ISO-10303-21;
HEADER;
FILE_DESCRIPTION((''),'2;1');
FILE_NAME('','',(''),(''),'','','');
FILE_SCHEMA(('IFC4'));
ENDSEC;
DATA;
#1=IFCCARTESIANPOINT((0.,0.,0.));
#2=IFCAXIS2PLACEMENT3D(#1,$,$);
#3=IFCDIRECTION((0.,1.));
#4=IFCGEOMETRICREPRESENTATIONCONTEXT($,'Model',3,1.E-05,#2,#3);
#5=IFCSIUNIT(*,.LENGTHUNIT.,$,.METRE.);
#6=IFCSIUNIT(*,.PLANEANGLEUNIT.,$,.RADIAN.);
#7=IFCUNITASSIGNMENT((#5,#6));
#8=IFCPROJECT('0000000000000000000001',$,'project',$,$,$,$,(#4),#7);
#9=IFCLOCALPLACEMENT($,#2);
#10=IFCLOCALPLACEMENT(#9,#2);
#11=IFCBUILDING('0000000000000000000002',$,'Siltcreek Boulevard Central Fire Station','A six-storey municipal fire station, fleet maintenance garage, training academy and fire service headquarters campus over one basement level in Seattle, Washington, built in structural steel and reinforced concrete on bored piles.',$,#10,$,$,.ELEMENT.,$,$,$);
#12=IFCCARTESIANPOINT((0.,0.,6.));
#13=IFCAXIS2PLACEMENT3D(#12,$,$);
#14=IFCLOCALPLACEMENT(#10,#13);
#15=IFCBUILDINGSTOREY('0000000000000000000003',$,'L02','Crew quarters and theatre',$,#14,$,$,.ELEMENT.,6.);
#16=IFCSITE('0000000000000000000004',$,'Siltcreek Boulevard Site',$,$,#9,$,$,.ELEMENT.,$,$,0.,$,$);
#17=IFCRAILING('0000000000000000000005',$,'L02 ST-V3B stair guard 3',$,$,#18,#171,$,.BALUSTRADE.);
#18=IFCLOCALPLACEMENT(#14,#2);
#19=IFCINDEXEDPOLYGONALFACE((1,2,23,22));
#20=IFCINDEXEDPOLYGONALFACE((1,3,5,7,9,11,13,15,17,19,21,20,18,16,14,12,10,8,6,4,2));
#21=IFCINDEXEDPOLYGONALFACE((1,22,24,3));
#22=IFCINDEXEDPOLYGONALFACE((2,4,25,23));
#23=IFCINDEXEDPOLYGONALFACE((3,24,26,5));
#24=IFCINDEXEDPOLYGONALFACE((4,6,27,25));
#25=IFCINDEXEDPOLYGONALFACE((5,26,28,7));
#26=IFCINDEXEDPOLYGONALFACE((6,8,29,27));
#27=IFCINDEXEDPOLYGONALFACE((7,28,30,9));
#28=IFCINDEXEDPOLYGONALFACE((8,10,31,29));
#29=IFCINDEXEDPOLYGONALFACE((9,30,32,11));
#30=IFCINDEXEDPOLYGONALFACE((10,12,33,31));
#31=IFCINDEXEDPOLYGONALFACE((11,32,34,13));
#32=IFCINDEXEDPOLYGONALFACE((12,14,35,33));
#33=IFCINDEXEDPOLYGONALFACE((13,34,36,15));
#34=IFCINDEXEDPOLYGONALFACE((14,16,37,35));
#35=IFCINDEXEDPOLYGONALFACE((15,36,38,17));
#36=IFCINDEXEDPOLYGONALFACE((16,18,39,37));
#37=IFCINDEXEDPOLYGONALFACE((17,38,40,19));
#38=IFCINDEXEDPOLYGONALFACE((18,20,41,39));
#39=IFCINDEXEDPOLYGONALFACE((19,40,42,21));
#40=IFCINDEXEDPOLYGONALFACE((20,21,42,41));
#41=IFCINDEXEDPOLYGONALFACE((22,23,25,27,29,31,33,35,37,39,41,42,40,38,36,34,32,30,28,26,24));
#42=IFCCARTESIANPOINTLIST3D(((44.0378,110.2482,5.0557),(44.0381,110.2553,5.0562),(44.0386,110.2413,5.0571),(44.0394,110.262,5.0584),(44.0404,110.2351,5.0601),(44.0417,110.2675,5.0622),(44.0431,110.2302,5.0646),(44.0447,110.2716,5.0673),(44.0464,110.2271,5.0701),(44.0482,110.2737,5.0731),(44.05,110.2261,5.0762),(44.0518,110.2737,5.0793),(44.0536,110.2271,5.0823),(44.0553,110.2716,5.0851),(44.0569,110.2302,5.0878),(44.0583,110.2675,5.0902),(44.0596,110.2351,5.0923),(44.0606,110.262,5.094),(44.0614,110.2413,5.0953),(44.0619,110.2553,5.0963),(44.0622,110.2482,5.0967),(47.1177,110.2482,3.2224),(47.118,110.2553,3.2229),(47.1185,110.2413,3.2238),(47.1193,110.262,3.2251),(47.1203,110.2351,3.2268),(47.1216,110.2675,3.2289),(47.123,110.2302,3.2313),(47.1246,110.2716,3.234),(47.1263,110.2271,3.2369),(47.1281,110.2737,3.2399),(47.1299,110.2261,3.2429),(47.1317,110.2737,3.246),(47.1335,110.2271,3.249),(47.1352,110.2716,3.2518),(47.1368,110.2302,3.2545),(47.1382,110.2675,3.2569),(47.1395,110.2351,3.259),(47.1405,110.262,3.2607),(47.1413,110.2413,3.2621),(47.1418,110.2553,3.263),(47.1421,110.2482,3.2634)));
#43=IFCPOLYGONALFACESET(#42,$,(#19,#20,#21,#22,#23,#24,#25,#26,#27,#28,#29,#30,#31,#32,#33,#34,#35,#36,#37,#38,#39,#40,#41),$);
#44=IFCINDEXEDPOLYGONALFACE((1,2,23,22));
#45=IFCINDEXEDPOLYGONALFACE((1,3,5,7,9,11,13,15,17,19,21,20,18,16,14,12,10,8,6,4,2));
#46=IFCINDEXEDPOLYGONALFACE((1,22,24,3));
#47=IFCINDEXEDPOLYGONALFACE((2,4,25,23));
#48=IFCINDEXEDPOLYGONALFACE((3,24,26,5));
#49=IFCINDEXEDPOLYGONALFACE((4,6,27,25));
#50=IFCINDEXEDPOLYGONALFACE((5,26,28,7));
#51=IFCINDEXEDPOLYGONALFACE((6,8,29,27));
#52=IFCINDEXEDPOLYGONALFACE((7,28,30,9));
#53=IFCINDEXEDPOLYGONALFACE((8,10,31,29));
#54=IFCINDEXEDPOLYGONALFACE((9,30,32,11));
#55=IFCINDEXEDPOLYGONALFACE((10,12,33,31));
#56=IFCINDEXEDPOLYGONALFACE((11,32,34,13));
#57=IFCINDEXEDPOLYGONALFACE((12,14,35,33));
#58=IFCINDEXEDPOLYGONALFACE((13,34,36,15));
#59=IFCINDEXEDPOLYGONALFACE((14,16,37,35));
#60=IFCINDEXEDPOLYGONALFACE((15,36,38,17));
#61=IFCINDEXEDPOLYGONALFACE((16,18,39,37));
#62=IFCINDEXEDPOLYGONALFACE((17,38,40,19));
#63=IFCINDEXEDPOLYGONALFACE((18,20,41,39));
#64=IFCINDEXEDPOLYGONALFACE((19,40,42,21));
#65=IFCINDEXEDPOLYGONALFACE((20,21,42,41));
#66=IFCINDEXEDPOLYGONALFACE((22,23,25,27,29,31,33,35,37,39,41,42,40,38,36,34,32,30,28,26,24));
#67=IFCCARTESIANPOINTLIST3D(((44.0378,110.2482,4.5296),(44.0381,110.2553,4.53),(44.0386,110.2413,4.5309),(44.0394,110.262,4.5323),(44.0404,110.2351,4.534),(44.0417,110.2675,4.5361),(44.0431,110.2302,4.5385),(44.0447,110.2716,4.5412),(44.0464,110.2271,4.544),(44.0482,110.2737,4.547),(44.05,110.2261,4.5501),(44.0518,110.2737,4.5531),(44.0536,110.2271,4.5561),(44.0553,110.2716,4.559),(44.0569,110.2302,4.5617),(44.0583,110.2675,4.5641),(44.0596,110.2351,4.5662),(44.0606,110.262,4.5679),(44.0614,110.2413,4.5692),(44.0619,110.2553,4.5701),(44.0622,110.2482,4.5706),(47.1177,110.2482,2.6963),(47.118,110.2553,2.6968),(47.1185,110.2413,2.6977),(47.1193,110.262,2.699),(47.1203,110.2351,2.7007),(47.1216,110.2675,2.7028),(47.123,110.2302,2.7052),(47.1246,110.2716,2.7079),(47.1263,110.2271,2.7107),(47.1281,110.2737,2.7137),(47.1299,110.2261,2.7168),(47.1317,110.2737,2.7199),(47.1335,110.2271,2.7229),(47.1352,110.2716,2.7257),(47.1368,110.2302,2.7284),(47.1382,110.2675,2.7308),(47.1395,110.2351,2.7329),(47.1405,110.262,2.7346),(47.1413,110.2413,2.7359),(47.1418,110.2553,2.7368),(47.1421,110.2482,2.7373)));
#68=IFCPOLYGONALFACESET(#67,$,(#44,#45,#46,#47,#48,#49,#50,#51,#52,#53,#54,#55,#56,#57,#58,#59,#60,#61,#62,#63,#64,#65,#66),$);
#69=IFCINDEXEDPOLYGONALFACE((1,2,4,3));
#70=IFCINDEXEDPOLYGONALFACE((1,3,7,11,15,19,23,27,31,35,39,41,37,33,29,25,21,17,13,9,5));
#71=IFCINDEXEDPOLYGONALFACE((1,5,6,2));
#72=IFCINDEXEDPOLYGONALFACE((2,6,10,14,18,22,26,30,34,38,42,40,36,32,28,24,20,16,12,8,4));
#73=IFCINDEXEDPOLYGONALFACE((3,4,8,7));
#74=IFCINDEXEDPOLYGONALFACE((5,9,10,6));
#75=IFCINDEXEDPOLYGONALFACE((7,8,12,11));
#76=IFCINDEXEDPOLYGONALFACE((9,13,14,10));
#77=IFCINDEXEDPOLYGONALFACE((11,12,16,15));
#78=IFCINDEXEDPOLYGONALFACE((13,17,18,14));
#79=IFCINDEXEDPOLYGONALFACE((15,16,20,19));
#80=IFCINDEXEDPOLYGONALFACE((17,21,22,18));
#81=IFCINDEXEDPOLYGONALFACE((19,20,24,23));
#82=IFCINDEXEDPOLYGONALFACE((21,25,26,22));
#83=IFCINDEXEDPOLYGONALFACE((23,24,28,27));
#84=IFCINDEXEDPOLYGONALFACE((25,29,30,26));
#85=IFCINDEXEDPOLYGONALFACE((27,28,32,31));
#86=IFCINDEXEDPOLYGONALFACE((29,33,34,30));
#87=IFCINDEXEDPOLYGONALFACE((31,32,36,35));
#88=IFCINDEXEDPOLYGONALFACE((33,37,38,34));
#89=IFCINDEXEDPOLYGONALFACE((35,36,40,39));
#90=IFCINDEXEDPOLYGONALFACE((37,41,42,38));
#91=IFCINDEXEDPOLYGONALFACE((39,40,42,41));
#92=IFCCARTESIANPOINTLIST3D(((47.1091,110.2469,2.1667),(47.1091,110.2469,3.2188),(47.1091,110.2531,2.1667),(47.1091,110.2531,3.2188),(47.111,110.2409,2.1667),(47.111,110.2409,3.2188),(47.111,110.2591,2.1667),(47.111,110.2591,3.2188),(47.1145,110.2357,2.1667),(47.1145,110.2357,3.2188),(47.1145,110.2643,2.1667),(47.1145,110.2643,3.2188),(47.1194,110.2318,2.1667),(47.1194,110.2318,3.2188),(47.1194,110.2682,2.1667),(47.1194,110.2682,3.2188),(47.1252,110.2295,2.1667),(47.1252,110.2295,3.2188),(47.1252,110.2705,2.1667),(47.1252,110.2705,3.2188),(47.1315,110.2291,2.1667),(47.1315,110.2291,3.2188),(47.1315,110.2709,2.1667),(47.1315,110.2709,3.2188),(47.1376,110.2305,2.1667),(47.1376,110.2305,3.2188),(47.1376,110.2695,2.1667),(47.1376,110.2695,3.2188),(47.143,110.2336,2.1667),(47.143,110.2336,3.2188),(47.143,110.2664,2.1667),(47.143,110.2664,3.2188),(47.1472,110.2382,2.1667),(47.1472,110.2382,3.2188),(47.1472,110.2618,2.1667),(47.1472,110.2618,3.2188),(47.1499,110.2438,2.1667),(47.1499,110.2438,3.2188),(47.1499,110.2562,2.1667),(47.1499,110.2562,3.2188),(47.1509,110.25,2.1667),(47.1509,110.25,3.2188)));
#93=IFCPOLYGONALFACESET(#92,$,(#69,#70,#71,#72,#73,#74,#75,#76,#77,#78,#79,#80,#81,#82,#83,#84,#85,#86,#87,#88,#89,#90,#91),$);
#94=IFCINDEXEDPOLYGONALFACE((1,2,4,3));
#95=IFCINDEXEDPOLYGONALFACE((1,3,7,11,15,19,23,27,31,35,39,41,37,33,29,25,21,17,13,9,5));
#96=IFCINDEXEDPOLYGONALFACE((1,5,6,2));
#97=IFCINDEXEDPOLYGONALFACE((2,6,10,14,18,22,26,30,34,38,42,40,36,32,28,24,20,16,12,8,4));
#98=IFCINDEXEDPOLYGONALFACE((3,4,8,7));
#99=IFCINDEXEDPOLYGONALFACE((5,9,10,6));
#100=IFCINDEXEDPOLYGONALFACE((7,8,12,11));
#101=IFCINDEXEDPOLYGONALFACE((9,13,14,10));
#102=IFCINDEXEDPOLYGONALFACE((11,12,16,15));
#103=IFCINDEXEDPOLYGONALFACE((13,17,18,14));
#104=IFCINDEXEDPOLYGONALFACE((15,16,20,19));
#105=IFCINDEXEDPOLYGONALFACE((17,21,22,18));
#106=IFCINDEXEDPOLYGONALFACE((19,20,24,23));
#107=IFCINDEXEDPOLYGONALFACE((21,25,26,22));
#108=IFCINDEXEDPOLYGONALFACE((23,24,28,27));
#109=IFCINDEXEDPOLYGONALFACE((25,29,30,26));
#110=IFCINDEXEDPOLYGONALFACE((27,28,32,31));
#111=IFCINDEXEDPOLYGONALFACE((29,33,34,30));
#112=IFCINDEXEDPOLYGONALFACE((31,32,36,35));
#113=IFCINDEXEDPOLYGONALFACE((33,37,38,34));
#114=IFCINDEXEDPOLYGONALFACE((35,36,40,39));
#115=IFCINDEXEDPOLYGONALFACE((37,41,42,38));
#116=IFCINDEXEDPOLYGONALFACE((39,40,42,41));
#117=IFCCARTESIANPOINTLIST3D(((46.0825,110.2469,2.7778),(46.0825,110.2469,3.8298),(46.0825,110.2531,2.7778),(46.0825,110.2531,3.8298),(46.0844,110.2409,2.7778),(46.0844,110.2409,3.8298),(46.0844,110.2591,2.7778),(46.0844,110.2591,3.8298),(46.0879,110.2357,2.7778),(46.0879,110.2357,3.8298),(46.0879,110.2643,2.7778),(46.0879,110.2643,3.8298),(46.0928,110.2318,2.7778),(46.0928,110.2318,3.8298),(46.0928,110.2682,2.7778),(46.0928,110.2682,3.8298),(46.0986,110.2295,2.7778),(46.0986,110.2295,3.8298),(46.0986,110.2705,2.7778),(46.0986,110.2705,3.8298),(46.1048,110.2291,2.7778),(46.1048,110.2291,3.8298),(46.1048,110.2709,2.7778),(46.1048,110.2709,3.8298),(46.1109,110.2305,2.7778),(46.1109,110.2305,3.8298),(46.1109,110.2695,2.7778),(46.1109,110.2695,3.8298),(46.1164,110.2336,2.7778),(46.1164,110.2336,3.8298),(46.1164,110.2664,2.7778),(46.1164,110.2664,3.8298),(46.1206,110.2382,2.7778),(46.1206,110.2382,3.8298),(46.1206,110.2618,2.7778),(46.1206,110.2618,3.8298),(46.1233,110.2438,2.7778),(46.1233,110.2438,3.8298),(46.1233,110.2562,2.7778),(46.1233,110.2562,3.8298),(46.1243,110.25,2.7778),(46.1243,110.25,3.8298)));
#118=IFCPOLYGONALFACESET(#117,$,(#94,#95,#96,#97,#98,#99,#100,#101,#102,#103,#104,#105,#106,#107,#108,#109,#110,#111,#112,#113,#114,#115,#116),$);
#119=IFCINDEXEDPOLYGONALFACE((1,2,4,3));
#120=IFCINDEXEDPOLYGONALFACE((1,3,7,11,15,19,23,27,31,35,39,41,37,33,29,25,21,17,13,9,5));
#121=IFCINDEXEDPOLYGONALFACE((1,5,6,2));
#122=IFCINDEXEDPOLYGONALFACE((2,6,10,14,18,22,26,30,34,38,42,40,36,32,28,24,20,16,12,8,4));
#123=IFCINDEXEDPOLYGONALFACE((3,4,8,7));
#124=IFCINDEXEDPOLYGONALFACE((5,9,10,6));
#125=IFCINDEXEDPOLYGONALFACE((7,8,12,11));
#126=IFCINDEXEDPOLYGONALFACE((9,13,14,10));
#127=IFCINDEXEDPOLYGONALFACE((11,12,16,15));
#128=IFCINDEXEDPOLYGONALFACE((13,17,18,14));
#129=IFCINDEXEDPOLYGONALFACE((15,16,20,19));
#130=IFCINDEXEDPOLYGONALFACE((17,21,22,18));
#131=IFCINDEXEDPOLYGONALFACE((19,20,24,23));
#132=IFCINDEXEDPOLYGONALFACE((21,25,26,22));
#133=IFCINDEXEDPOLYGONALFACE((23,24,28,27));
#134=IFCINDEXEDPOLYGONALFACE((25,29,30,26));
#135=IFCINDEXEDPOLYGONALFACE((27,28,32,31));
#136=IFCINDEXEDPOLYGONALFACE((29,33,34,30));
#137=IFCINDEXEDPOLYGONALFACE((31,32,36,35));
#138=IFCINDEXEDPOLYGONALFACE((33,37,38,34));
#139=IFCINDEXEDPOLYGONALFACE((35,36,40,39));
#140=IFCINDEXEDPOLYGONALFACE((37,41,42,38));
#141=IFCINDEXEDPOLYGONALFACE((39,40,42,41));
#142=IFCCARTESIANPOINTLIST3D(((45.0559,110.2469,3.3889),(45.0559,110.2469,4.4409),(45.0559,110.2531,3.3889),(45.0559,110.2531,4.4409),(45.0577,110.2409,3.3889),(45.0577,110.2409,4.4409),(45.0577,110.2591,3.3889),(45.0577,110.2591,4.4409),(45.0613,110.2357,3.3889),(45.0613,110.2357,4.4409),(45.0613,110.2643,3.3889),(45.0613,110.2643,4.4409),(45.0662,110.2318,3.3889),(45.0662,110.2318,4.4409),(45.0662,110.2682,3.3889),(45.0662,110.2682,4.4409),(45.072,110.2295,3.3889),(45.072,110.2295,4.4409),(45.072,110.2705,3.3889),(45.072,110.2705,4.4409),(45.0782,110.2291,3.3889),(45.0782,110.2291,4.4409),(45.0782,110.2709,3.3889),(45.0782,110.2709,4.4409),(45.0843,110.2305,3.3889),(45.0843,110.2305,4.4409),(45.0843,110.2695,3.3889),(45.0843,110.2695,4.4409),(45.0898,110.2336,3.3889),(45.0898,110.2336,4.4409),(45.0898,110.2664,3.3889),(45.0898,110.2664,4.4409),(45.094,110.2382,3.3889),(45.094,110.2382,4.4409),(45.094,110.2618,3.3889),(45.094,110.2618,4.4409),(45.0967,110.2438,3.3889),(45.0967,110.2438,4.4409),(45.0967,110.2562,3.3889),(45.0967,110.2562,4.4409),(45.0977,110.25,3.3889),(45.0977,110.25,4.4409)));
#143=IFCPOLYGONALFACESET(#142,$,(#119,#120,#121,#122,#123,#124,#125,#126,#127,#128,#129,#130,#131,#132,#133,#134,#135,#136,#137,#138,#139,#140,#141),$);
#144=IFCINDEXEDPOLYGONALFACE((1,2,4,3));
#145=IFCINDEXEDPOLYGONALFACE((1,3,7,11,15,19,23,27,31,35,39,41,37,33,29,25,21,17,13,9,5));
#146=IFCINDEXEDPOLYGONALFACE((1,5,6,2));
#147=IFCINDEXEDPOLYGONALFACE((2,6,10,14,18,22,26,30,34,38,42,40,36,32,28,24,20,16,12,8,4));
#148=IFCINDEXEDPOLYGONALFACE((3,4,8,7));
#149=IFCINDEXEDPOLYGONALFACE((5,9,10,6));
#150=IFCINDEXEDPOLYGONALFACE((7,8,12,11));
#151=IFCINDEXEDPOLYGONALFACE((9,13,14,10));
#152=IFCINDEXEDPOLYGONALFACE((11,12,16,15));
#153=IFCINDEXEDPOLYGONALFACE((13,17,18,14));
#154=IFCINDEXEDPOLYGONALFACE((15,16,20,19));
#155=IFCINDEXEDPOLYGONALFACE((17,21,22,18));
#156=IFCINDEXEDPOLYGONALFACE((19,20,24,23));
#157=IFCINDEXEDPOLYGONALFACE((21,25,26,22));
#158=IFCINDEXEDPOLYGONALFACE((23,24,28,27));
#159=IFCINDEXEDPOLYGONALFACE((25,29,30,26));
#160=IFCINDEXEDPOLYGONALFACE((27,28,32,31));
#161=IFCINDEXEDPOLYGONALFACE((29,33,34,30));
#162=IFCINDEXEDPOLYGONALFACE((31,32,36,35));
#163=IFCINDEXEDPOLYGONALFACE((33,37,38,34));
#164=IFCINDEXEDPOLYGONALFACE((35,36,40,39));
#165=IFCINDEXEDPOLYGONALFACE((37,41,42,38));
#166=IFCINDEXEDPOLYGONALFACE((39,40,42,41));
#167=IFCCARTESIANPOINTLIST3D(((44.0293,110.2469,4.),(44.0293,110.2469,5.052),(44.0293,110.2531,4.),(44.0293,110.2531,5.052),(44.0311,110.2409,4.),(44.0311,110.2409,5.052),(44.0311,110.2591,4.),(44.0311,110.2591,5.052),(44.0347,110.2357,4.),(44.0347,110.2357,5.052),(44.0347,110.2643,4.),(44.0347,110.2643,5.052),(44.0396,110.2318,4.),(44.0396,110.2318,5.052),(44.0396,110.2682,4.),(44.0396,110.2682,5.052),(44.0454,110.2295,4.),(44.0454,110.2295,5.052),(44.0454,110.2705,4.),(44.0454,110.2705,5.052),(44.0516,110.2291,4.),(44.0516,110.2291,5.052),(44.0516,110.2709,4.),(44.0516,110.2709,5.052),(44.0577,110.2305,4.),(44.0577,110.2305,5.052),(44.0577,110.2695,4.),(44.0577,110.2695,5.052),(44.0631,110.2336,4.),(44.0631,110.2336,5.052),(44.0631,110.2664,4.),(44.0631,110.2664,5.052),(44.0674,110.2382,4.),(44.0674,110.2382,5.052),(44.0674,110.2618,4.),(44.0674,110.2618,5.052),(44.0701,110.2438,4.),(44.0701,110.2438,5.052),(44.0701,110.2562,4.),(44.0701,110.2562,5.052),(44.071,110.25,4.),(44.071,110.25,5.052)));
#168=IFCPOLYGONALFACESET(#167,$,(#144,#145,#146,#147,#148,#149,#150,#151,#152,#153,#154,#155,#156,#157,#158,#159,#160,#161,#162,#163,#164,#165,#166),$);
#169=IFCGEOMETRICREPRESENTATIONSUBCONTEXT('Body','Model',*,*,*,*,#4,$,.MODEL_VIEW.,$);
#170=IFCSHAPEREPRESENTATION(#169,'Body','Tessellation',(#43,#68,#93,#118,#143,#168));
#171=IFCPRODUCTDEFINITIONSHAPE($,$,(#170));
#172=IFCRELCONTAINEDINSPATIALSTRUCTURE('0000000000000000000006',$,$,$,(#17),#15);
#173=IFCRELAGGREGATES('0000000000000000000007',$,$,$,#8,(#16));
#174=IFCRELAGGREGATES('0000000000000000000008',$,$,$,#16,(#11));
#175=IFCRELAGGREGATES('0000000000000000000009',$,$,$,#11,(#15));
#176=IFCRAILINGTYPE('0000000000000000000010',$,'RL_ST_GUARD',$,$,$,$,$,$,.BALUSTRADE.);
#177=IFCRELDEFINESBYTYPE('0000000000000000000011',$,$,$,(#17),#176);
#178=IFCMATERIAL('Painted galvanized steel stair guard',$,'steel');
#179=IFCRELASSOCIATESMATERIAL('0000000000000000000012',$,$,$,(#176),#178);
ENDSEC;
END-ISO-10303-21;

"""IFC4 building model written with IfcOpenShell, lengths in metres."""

from ifc_helpers import new_model, si_unit, direction, frame, origin, origin_2d, place, context, subcontext, project, spatial, circle, extrude, material, type_object, element, save


model = new_model("IFC4")

# Units and contexts
model_context = context("Model", 3, precision=1e-05, world=origin(), true_north=direction((0.0, 1.0)))
body_context = subcontext(model_context, "Body", "Model", "MODEL_VIEW")
ifc_project = project(units=[si_unit("LENGTHUNIT", "METRE"), si_unit("PLANEANGLEUNIT", "RADIAN")], contexts=[model_context])

# Site, building, storey
site_placement = place(None, origin())
site = spatial("IfcSite", under=ifc_project, at=site_placement, Name="Siltcreek Boulevard Site", CompositionType="ELEMENT", RefElevation=0.0)
building_placement = place(site_placement, origin())
building = spatial("IfcBuilding", under=site, at=building_placement, Name="Siltcreek Boulevard Central Fire Station", Description="A six-storey municipal fire station, fleet maintenance garage, training academy and fire service headquarters campus over one basement level in Seattle, Washington, built in structural steel and reinforced concrete on bored piles.", CompositionType="ELEMENT")
storey_placement = place(building_placement, frame((0.0, 0.0, 6.0)))
storey = spatial("IfcBuildingStorey", under=building, at=storey_placement, Name="L02", Description="Crew quarters and theatre", CompositionType="ELEMENT", Elevation=6.0)

# Railing
ifc_material_1 = material(Name="Painted galvanized steel stair guard", Category="steel")
railing_type_1 = type_object("IfcRailingType", Name="RL_ST_GUARD", PredefinedType="BALUSTRADE", material=ifc_material_1)
railing_1_placement = place(storey_placement, frame((47.1299, 110.25, 2.1667)))
element("IfcRailing", 1, at=railing_1_placement, inside=storey, type_object=railing_type_1, Name="L02 ST-V3B stair guard 3", PredefinedType="BALUSTRADE", context=body_context, shape_type="SweptSolid", body=[
    extrude(circle(Radius=0.0239, at=origin_2d()), frame((0.0, 0.0, 1.0762), z_axis=(-0.859291, 0.0, 0.511487), x_axis=(0.0, -1.0, 0.0)), (0.0, 0.0, 1.0), 3.5842),
    extrude(circle(Radius=0.0239, at=origin_2d()), frame((0.0, 0.0, 0.55), z_axis=(-0.859291, 0.0, 0.511487), x_axis=(0.0, -1.0, 0.0)), (0.0, 0.0, 1.0), 3.5842),
    extrude(circle(Radius=0.021, at=origin_2d()), origin(), (0.0, 0.0, 1.0), 1.052),
    extrude(circle(Radius=0.021, at=origin_2d()), frame((-1.0266, 0.0, 0.6111)), (0.0, 0.0, 1.0), 1.052),
    extrude(circle(Radius=0.021, at=origin_2d()), frame((-2.0532, 0.0, 1.2222)), (0.0, 0.0, 1.0), 1.052),
    extrude(circle(Radius=0.021, at=origin_2d()), frame((-3.0798, 0.0, 1.8333)), (0.0, 0.0, 1.0), 1.052),
])

save(model, "model.ifc")
